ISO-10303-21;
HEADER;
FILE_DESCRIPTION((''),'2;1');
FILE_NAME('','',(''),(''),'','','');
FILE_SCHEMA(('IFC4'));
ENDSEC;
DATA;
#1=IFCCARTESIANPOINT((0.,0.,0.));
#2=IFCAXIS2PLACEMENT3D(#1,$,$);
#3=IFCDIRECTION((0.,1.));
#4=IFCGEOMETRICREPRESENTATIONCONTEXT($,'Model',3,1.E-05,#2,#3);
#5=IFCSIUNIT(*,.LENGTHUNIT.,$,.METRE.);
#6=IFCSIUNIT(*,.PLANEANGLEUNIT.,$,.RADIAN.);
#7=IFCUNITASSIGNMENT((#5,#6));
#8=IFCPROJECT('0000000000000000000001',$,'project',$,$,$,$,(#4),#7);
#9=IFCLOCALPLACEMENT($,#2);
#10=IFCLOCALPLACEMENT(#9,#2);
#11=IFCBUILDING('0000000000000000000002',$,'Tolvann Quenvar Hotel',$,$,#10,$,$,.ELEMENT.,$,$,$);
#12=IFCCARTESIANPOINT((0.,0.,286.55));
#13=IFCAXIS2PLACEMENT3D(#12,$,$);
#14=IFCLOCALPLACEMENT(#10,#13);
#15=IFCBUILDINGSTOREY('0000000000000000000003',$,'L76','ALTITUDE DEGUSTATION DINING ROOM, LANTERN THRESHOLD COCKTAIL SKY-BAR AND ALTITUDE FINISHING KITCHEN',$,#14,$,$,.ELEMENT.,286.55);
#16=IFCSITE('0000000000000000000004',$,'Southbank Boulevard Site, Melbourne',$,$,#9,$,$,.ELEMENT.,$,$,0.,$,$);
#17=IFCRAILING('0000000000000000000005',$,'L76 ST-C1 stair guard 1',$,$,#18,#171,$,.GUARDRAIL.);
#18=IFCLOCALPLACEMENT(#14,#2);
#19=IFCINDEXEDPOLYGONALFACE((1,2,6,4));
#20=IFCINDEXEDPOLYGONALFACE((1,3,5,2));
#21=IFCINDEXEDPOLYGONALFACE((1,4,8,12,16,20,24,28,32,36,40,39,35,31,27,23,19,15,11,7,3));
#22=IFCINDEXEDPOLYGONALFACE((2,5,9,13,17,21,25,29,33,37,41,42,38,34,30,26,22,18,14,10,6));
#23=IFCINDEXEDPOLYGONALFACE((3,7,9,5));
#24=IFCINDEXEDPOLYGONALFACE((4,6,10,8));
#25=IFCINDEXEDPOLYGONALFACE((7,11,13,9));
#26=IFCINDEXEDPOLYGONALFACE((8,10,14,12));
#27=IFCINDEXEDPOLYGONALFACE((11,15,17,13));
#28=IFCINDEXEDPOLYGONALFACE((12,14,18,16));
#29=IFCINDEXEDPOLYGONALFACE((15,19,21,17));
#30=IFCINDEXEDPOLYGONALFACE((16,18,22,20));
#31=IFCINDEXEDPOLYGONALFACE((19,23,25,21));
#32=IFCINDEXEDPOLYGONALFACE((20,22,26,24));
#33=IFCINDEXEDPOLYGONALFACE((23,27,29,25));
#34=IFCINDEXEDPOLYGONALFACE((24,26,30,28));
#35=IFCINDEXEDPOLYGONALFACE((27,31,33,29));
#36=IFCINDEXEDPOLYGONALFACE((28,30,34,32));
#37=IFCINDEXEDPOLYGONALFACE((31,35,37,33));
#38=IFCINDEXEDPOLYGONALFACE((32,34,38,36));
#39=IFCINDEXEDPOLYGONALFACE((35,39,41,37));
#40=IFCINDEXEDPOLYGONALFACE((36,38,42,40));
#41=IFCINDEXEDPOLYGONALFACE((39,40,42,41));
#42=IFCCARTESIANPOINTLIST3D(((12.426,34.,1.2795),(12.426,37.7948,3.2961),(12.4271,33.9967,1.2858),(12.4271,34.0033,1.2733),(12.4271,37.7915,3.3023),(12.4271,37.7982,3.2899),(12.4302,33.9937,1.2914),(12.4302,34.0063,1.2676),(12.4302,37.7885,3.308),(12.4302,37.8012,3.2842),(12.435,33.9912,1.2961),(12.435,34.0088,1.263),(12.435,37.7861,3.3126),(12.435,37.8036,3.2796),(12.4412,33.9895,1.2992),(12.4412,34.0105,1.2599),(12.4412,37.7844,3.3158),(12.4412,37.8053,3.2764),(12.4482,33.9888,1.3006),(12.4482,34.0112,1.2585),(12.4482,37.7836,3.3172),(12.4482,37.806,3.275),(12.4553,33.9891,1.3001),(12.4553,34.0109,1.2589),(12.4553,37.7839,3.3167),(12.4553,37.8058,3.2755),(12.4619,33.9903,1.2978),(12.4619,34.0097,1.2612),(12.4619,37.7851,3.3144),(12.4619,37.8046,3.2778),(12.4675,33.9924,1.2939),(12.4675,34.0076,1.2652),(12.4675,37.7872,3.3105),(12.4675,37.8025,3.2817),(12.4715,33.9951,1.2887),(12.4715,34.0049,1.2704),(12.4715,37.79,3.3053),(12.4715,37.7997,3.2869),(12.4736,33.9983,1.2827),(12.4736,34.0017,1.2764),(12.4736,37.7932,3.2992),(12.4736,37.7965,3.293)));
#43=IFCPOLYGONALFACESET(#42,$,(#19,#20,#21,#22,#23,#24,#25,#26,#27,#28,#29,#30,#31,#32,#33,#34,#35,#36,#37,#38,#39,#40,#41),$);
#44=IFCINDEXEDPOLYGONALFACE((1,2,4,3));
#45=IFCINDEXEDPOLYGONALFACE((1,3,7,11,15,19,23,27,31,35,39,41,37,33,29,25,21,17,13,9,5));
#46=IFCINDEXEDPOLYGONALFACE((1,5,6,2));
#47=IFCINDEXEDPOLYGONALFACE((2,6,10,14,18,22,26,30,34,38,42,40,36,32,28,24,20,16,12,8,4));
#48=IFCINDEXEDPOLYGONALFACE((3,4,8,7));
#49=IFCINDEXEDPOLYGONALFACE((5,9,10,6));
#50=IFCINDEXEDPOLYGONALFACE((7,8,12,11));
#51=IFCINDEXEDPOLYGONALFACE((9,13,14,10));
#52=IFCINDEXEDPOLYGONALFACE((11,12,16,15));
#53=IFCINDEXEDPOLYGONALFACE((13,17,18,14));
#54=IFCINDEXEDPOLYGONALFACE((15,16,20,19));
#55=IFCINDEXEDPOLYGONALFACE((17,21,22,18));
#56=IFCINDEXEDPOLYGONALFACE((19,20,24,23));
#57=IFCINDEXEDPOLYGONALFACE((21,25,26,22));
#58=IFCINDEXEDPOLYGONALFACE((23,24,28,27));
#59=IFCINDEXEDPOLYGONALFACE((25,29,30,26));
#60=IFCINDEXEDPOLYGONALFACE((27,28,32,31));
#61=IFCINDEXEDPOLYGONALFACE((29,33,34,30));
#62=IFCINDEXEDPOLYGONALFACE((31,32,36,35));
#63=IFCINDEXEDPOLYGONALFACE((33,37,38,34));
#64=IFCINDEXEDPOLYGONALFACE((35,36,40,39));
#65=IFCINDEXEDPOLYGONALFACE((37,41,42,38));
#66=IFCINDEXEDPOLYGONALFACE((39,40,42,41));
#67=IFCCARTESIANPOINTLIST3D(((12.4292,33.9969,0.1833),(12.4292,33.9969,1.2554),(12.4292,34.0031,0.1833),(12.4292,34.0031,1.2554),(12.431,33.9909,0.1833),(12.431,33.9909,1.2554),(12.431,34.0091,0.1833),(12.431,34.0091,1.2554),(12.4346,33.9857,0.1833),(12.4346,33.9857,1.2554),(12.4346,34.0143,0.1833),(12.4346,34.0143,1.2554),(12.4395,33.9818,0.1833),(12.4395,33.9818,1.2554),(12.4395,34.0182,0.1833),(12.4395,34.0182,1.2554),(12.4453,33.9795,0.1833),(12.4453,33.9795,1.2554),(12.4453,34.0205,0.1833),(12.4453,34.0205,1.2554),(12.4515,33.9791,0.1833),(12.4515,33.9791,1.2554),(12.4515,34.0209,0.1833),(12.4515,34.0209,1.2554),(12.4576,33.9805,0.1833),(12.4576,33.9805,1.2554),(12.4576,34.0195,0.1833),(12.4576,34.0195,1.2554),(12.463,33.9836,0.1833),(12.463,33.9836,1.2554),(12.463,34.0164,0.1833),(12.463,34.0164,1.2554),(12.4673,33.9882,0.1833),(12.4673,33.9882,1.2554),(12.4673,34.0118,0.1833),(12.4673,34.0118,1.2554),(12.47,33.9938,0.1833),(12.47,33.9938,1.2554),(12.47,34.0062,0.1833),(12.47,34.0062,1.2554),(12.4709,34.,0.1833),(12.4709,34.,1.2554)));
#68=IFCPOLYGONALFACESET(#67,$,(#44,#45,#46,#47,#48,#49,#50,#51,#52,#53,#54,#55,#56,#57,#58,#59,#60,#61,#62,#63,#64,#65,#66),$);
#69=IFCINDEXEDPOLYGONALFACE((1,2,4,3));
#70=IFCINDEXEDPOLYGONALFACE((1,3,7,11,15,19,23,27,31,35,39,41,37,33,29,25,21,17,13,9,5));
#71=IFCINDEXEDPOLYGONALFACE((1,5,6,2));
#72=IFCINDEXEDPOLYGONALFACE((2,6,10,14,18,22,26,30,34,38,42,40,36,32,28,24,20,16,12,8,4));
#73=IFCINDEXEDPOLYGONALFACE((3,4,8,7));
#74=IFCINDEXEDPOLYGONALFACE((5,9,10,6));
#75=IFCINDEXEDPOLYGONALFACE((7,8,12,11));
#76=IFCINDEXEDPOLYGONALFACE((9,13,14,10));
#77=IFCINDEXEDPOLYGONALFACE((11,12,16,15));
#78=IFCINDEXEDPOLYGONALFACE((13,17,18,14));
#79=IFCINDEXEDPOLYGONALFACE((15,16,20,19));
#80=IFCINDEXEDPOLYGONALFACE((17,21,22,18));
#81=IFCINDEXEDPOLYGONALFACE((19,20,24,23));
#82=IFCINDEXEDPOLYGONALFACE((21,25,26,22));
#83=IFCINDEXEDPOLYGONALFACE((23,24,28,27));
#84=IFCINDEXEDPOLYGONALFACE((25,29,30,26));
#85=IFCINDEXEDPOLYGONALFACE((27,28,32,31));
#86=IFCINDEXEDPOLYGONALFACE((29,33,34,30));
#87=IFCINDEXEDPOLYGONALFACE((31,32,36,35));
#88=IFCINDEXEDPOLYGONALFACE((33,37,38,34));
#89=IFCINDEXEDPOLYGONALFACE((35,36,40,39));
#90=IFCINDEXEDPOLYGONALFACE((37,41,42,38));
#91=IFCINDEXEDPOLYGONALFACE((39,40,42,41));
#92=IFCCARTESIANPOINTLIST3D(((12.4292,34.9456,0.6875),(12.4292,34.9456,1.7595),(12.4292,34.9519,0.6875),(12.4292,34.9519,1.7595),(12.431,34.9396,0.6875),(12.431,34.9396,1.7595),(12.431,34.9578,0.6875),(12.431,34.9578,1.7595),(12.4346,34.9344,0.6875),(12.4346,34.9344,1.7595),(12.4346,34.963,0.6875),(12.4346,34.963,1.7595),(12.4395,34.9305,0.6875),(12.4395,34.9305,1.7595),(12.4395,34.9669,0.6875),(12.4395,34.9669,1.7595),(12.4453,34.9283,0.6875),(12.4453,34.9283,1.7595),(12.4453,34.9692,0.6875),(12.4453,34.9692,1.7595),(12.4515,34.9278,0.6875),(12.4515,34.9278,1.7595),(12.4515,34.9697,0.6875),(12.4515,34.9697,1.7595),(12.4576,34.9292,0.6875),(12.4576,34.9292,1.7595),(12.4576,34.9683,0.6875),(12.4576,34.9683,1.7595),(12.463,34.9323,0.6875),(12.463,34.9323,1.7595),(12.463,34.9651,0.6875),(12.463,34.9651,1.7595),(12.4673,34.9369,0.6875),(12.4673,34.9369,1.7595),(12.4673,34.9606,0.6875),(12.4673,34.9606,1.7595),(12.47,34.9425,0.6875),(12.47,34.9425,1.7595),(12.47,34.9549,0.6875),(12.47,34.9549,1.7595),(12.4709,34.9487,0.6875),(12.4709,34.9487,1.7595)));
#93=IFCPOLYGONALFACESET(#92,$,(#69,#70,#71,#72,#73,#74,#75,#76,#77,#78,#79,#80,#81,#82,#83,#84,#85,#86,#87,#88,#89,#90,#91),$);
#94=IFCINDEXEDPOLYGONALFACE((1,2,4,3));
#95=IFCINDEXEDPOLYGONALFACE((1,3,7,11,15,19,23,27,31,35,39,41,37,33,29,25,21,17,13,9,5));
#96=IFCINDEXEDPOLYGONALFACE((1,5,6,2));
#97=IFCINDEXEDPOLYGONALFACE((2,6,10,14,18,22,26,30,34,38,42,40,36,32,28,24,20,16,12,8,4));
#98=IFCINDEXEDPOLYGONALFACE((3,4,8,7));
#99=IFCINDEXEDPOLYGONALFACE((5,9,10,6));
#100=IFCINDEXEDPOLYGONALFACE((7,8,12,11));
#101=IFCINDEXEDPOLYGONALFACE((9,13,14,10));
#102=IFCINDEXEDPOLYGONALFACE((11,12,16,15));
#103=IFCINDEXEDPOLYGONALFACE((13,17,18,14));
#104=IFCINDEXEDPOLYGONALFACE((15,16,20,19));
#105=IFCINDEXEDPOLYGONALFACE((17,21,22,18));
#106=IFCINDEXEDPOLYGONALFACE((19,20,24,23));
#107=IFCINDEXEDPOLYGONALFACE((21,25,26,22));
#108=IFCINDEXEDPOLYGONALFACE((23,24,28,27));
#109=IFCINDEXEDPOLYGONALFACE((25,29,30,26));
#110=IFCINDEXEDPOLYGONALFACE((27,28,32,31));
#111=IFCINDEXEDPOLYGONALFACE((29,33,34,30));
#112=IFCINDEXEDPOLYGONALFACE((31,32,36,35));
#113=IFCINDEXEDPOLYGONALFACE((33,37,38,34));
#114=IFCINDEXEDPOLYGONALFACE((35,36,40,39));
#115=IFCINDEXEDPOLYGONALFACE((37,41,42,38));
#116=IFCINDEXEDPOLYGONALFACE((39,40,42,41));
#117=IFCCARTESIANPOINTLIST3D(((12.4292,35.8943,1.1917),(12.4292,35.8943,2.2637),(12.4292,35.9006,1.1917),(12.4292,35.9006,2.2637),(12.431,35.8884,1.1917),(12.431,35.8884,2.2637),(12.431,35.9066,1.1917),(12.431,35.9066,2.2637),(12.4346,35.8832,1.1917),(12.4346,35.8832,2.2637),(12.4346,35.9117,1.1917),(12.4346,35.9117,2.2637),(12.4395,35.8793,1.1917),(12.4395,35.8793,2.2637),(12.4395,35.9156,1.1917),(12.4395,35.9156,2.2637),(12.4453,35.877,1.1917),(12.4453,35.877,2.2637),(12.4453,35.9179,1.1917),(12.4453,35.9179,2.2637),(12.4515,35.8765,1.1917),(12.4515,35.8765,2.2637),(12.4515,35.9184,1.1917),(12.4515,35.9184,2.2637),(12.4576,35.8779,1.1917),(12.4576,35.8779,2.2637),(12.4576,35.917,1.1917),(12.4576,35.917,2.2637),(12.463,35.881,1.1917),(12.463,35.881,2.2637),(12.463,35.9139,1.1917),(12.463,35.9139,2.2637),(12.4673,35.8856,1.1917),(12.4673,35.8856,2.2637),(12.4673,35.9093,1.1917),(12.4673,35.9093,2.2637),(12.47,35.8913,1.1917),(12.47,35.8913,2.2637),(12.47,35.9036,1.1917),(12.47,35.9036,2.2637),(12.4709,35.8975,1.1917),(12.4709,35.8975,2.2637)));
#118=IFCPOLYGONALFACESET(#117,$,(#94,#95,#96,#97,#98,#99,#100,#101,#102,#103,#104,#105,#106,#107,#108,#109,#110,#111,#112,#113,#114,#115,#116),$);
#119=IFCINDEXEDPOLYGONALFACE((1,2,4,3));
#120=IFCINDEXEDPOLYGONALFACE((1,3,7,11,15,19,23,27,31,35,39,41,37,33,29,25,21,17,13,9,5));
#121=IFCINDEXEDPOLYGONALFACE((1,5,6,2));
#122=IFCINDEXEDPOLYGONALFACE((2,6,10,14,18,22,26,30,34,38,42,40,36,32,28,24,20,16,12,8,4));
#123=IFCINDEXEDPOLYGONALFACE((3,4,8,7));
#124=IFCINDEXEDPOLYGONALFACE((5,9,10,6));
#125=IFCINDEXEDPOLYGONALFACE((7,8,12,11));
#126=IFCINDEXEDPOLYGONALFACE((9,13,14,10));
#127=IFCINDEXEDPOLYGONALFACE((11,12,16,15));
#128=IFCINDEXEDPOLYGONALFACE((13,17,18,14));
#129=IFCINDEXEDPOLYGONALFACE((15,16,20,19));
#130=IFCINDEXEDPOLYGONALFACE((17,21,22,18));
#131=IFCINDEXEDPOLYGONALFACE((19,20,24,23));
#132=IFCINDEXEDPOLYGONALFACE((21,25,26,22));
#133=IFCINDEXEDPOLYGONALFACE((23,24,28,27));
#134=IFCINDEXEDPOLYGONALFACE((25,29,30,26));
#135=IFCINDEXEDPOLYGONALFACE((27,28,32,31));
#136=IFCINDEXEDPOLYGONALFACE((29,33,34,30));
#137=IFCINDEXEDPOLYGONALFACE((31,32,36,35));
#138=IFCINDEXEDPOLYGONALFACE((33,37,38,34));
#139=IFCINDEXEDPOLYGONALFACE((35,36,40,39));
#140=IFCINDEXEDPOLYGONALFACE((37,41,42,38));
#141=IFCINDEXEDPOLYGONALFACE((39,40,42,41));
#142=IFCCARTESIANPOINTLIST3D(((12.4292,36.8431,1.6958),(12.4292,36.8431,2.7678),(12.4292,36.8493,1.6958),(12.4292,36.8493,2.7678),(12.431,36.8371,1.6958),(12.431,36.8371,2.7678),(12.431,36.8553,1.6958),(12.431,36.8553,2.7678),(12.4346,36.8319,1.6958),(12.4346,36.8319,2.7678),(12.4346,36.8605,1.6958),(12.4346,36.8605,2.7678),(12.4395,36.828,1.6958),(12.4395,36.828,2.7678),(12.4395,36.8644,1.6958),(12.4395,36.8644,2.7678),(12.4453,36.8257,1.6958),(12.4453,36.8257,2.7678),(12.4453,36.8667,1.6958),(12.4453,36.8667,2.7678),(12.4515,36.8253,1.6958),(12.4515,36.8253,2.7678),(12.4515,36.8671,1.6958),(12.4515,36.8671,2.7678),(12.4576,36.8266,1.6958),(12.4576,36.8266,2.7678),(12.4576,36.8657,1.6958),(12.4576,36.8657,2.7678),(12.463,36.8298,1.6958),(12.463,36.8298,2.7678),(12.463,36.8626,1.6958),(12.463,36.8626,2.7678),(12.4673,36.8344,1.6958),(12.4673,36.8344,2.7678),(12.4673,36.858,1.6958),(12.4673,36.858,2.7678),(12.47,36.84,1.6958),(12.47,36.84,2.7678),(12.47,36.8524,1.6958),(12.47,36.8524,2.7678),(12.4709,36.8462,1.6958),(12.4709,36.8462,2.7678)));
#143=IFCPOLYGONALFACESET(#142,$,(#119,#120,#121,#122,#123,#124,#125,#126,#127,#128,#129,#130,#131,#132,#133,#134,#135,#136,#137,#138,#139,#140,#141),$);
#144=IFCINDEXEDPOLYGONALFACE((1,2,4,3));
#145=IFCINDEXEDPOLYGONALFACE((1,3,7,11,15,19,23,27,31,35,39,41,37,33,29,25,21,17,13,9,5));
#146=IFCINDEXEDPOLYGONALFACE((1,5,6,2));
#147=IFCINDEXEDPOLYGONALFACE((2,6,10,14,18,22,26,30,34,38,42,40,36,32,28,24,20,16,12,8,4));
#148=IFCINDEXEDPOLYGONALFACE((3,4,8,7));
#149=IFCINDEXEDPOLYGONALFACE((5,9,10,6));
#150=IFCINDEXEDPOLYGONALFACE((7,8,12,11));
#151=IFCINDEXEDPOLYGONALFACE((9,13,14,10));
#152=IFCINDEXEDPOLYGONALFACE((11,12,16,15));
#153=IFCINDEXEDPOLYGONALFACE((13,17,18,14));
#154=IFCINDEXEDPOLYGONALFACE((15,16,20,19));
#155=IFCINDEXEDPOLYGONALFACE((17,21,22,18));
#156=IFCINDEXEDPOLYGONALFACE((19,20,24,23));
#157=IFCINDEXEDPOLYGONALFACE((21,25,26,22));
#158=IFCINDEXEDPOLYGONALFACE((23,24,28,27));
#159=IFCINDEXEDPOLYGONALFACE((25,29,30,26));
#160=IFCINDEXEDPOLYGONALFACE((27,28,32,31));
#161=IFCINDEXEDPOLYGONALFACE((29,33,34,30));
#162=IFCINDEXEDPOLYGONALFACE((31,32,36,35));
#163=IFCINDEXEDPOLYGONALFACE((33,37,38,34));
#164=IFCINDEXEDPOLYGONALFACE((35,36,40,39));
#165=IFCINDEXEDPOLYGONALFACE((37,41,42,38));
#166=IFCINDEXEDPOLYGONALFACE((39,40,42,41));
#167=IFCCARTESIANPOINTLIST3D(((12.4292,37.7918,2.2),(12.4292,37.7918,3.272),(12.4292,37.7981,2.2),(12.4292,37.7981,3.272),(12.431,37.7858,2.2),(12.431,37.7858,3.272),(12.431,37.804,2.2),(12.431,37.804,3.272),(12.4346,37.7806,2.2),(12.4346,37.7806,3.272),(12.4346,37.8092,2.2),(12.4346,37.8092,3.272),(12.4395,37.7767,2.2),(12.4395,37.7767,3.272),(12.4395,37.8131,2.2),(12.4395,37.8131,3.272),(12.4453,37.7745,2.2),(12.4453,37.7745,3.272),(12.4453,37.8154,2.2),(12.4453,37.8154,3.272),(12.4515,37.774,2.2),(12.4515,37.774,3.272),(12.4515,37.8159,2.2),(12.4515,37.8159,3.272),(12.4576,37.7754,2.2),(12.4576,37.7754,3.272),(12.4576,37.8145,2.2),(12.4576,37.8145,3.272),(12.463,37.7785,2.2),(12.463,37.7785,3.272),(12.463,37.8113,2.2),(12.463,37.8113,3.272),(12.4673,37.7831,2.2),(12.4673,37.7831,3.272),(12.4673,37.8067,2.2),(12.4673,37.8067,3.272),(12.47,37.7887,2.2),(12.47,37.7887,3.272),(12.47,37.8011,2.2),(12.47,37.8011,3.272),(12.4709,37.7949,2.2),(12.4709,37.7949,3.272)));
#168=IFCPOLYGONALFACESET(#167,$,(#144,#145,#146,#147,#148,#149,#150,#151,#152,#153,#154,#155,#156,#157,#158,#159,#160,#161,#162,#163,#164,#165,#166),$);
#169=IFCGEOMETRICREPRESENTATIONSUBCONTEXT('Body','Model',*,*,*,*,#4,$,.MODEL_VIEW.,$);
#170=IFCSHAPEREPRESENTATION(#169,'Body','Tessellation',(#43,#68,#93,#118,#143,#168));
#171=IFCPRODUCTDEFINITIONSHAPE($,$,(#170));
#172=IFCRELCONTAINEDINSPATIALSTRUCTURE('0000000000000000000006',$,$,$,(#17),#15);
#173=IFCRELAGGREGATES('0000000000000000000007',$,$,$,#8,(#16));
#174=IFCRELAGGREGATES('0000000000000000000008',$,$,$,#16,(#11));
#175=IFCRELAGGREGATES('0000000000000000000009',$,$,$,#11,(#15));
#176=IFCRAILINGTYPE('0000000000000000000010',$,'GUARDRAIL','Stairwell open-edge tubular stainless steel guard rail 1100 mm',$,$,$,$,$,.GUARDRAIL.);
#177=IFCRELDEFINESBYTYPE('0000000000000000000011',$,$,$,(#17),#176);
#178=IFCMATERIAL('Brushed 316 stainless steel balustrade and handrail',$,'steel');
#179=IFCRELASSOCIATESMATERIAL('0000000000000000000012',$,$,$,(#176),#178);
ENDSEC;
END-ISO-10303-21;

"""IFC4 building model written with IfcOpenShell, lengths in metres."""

from ifc_helpers import new_model, si_unit, direction, frame, origin, origin_2d, place, context, subcontext, project, spatial, circle, extrude, material, type_object, element, save


model = new_model("IFC4")

# Units and contexts
model_context = context("Model", 3, precision=1e-05, world=origin(), true_north=direction((0.0, 1.0)))
body_context = subcontext(model_context, "Body", "Model", "MODEL_VIEW")
ifc_project = project(units=[si_unit("LENGTHUNIT", "METRE"), si_unit("PLANEANGLEUNIT", "RADIAN")], contexts=[model_context])

# Site, building, storey
site_placement = place(None, origin())
site = spatial("IfcSite", under=ifc_project, at=site_placement, Name="Southbank Boulevard Site, Melbourne", CompositionType="ELEMENT", RefElevation=0.0)
building_placement = place(site_placement, origin())
building = spatial("IfcBuilding", under=site, at=building_placement, Name="Tolvann Quenvar Hotel", CompositionType="ELEMENT")
storey_placement = place(building_placement, frame((0.0, 0.0, 286.55)))
storey = spatial("IfcBuildingStorey", under=building, at=storey_placement, Name="L76", Description="ALTITUDE DEGUSTATION DINING ROOM, LANTERN THRESHOLD COCKTAIL SKY-BAR AND ALTITUDE FINISHING KITCHEN", CompositionType="ELEMENT", Elevation=286.55)

# Railing
ifc_material_1 = material(Name="Brushed 316 stainless steel balustrade and handrail", Category="steel")
railing_type_1 = type_object("IfcRailingType", Name="GUARDRAIL", Description="Stairwell open-edge tubular stainless steel guard rail 1100 mm", PredefinedType="GUARDRAIL", material=ifc_material_1)
railing_1_placement = place(storey_placement, frame((12.45, 34.0, 0.1833)))
element("IfcRailing", 1, at=railing_1_placement, inside=storey, type_object=railing_type_1, Name="L76 ST-C1 stair guard 1", PredefinedType="GUARDRAIL", context=body_context, shape_type="SweptSolid", body=[
    extrude(circle(Radius=0.0239, at=origin_2d()), frame((0.0, 0.0, 1.0962), z_axis=(0.0, 0.883063, 0.469255), x_axis=(-1.0, 0.0, 0.0)), (0.0, 0.0, 1.0), 4.2974),
    extrude(circle(Radius=0.021, at=origin_2d()), origin(), (0.0, 0.0, 1.0), 1.072),
    extrude(circle(Radius=0.021, at=origin_2d()), frame((0.0, 0.9487, 0.5042)), (0.0, 0.0, 1.0), 1.072),
    extrude(circle(Radius=0.021, at=origin_2d()), frame((0.0, 1.8975, 1.0083)), (0.0, 0.0, 1.0), 1.072),
    extrude(circle(Radius=0.021, at=origin_2d()), frame((0.0, 2.8462, 1.5125)), (0.0, 0.0, 1.0), 1.072),
    extrude(circle(Radius=0.021, at=origin_2d()), frame((0.0, 3.7949, 2.0166)), (0.0, 0.0, 1.0), 1.072),
])

save(model, "model.ifc")
